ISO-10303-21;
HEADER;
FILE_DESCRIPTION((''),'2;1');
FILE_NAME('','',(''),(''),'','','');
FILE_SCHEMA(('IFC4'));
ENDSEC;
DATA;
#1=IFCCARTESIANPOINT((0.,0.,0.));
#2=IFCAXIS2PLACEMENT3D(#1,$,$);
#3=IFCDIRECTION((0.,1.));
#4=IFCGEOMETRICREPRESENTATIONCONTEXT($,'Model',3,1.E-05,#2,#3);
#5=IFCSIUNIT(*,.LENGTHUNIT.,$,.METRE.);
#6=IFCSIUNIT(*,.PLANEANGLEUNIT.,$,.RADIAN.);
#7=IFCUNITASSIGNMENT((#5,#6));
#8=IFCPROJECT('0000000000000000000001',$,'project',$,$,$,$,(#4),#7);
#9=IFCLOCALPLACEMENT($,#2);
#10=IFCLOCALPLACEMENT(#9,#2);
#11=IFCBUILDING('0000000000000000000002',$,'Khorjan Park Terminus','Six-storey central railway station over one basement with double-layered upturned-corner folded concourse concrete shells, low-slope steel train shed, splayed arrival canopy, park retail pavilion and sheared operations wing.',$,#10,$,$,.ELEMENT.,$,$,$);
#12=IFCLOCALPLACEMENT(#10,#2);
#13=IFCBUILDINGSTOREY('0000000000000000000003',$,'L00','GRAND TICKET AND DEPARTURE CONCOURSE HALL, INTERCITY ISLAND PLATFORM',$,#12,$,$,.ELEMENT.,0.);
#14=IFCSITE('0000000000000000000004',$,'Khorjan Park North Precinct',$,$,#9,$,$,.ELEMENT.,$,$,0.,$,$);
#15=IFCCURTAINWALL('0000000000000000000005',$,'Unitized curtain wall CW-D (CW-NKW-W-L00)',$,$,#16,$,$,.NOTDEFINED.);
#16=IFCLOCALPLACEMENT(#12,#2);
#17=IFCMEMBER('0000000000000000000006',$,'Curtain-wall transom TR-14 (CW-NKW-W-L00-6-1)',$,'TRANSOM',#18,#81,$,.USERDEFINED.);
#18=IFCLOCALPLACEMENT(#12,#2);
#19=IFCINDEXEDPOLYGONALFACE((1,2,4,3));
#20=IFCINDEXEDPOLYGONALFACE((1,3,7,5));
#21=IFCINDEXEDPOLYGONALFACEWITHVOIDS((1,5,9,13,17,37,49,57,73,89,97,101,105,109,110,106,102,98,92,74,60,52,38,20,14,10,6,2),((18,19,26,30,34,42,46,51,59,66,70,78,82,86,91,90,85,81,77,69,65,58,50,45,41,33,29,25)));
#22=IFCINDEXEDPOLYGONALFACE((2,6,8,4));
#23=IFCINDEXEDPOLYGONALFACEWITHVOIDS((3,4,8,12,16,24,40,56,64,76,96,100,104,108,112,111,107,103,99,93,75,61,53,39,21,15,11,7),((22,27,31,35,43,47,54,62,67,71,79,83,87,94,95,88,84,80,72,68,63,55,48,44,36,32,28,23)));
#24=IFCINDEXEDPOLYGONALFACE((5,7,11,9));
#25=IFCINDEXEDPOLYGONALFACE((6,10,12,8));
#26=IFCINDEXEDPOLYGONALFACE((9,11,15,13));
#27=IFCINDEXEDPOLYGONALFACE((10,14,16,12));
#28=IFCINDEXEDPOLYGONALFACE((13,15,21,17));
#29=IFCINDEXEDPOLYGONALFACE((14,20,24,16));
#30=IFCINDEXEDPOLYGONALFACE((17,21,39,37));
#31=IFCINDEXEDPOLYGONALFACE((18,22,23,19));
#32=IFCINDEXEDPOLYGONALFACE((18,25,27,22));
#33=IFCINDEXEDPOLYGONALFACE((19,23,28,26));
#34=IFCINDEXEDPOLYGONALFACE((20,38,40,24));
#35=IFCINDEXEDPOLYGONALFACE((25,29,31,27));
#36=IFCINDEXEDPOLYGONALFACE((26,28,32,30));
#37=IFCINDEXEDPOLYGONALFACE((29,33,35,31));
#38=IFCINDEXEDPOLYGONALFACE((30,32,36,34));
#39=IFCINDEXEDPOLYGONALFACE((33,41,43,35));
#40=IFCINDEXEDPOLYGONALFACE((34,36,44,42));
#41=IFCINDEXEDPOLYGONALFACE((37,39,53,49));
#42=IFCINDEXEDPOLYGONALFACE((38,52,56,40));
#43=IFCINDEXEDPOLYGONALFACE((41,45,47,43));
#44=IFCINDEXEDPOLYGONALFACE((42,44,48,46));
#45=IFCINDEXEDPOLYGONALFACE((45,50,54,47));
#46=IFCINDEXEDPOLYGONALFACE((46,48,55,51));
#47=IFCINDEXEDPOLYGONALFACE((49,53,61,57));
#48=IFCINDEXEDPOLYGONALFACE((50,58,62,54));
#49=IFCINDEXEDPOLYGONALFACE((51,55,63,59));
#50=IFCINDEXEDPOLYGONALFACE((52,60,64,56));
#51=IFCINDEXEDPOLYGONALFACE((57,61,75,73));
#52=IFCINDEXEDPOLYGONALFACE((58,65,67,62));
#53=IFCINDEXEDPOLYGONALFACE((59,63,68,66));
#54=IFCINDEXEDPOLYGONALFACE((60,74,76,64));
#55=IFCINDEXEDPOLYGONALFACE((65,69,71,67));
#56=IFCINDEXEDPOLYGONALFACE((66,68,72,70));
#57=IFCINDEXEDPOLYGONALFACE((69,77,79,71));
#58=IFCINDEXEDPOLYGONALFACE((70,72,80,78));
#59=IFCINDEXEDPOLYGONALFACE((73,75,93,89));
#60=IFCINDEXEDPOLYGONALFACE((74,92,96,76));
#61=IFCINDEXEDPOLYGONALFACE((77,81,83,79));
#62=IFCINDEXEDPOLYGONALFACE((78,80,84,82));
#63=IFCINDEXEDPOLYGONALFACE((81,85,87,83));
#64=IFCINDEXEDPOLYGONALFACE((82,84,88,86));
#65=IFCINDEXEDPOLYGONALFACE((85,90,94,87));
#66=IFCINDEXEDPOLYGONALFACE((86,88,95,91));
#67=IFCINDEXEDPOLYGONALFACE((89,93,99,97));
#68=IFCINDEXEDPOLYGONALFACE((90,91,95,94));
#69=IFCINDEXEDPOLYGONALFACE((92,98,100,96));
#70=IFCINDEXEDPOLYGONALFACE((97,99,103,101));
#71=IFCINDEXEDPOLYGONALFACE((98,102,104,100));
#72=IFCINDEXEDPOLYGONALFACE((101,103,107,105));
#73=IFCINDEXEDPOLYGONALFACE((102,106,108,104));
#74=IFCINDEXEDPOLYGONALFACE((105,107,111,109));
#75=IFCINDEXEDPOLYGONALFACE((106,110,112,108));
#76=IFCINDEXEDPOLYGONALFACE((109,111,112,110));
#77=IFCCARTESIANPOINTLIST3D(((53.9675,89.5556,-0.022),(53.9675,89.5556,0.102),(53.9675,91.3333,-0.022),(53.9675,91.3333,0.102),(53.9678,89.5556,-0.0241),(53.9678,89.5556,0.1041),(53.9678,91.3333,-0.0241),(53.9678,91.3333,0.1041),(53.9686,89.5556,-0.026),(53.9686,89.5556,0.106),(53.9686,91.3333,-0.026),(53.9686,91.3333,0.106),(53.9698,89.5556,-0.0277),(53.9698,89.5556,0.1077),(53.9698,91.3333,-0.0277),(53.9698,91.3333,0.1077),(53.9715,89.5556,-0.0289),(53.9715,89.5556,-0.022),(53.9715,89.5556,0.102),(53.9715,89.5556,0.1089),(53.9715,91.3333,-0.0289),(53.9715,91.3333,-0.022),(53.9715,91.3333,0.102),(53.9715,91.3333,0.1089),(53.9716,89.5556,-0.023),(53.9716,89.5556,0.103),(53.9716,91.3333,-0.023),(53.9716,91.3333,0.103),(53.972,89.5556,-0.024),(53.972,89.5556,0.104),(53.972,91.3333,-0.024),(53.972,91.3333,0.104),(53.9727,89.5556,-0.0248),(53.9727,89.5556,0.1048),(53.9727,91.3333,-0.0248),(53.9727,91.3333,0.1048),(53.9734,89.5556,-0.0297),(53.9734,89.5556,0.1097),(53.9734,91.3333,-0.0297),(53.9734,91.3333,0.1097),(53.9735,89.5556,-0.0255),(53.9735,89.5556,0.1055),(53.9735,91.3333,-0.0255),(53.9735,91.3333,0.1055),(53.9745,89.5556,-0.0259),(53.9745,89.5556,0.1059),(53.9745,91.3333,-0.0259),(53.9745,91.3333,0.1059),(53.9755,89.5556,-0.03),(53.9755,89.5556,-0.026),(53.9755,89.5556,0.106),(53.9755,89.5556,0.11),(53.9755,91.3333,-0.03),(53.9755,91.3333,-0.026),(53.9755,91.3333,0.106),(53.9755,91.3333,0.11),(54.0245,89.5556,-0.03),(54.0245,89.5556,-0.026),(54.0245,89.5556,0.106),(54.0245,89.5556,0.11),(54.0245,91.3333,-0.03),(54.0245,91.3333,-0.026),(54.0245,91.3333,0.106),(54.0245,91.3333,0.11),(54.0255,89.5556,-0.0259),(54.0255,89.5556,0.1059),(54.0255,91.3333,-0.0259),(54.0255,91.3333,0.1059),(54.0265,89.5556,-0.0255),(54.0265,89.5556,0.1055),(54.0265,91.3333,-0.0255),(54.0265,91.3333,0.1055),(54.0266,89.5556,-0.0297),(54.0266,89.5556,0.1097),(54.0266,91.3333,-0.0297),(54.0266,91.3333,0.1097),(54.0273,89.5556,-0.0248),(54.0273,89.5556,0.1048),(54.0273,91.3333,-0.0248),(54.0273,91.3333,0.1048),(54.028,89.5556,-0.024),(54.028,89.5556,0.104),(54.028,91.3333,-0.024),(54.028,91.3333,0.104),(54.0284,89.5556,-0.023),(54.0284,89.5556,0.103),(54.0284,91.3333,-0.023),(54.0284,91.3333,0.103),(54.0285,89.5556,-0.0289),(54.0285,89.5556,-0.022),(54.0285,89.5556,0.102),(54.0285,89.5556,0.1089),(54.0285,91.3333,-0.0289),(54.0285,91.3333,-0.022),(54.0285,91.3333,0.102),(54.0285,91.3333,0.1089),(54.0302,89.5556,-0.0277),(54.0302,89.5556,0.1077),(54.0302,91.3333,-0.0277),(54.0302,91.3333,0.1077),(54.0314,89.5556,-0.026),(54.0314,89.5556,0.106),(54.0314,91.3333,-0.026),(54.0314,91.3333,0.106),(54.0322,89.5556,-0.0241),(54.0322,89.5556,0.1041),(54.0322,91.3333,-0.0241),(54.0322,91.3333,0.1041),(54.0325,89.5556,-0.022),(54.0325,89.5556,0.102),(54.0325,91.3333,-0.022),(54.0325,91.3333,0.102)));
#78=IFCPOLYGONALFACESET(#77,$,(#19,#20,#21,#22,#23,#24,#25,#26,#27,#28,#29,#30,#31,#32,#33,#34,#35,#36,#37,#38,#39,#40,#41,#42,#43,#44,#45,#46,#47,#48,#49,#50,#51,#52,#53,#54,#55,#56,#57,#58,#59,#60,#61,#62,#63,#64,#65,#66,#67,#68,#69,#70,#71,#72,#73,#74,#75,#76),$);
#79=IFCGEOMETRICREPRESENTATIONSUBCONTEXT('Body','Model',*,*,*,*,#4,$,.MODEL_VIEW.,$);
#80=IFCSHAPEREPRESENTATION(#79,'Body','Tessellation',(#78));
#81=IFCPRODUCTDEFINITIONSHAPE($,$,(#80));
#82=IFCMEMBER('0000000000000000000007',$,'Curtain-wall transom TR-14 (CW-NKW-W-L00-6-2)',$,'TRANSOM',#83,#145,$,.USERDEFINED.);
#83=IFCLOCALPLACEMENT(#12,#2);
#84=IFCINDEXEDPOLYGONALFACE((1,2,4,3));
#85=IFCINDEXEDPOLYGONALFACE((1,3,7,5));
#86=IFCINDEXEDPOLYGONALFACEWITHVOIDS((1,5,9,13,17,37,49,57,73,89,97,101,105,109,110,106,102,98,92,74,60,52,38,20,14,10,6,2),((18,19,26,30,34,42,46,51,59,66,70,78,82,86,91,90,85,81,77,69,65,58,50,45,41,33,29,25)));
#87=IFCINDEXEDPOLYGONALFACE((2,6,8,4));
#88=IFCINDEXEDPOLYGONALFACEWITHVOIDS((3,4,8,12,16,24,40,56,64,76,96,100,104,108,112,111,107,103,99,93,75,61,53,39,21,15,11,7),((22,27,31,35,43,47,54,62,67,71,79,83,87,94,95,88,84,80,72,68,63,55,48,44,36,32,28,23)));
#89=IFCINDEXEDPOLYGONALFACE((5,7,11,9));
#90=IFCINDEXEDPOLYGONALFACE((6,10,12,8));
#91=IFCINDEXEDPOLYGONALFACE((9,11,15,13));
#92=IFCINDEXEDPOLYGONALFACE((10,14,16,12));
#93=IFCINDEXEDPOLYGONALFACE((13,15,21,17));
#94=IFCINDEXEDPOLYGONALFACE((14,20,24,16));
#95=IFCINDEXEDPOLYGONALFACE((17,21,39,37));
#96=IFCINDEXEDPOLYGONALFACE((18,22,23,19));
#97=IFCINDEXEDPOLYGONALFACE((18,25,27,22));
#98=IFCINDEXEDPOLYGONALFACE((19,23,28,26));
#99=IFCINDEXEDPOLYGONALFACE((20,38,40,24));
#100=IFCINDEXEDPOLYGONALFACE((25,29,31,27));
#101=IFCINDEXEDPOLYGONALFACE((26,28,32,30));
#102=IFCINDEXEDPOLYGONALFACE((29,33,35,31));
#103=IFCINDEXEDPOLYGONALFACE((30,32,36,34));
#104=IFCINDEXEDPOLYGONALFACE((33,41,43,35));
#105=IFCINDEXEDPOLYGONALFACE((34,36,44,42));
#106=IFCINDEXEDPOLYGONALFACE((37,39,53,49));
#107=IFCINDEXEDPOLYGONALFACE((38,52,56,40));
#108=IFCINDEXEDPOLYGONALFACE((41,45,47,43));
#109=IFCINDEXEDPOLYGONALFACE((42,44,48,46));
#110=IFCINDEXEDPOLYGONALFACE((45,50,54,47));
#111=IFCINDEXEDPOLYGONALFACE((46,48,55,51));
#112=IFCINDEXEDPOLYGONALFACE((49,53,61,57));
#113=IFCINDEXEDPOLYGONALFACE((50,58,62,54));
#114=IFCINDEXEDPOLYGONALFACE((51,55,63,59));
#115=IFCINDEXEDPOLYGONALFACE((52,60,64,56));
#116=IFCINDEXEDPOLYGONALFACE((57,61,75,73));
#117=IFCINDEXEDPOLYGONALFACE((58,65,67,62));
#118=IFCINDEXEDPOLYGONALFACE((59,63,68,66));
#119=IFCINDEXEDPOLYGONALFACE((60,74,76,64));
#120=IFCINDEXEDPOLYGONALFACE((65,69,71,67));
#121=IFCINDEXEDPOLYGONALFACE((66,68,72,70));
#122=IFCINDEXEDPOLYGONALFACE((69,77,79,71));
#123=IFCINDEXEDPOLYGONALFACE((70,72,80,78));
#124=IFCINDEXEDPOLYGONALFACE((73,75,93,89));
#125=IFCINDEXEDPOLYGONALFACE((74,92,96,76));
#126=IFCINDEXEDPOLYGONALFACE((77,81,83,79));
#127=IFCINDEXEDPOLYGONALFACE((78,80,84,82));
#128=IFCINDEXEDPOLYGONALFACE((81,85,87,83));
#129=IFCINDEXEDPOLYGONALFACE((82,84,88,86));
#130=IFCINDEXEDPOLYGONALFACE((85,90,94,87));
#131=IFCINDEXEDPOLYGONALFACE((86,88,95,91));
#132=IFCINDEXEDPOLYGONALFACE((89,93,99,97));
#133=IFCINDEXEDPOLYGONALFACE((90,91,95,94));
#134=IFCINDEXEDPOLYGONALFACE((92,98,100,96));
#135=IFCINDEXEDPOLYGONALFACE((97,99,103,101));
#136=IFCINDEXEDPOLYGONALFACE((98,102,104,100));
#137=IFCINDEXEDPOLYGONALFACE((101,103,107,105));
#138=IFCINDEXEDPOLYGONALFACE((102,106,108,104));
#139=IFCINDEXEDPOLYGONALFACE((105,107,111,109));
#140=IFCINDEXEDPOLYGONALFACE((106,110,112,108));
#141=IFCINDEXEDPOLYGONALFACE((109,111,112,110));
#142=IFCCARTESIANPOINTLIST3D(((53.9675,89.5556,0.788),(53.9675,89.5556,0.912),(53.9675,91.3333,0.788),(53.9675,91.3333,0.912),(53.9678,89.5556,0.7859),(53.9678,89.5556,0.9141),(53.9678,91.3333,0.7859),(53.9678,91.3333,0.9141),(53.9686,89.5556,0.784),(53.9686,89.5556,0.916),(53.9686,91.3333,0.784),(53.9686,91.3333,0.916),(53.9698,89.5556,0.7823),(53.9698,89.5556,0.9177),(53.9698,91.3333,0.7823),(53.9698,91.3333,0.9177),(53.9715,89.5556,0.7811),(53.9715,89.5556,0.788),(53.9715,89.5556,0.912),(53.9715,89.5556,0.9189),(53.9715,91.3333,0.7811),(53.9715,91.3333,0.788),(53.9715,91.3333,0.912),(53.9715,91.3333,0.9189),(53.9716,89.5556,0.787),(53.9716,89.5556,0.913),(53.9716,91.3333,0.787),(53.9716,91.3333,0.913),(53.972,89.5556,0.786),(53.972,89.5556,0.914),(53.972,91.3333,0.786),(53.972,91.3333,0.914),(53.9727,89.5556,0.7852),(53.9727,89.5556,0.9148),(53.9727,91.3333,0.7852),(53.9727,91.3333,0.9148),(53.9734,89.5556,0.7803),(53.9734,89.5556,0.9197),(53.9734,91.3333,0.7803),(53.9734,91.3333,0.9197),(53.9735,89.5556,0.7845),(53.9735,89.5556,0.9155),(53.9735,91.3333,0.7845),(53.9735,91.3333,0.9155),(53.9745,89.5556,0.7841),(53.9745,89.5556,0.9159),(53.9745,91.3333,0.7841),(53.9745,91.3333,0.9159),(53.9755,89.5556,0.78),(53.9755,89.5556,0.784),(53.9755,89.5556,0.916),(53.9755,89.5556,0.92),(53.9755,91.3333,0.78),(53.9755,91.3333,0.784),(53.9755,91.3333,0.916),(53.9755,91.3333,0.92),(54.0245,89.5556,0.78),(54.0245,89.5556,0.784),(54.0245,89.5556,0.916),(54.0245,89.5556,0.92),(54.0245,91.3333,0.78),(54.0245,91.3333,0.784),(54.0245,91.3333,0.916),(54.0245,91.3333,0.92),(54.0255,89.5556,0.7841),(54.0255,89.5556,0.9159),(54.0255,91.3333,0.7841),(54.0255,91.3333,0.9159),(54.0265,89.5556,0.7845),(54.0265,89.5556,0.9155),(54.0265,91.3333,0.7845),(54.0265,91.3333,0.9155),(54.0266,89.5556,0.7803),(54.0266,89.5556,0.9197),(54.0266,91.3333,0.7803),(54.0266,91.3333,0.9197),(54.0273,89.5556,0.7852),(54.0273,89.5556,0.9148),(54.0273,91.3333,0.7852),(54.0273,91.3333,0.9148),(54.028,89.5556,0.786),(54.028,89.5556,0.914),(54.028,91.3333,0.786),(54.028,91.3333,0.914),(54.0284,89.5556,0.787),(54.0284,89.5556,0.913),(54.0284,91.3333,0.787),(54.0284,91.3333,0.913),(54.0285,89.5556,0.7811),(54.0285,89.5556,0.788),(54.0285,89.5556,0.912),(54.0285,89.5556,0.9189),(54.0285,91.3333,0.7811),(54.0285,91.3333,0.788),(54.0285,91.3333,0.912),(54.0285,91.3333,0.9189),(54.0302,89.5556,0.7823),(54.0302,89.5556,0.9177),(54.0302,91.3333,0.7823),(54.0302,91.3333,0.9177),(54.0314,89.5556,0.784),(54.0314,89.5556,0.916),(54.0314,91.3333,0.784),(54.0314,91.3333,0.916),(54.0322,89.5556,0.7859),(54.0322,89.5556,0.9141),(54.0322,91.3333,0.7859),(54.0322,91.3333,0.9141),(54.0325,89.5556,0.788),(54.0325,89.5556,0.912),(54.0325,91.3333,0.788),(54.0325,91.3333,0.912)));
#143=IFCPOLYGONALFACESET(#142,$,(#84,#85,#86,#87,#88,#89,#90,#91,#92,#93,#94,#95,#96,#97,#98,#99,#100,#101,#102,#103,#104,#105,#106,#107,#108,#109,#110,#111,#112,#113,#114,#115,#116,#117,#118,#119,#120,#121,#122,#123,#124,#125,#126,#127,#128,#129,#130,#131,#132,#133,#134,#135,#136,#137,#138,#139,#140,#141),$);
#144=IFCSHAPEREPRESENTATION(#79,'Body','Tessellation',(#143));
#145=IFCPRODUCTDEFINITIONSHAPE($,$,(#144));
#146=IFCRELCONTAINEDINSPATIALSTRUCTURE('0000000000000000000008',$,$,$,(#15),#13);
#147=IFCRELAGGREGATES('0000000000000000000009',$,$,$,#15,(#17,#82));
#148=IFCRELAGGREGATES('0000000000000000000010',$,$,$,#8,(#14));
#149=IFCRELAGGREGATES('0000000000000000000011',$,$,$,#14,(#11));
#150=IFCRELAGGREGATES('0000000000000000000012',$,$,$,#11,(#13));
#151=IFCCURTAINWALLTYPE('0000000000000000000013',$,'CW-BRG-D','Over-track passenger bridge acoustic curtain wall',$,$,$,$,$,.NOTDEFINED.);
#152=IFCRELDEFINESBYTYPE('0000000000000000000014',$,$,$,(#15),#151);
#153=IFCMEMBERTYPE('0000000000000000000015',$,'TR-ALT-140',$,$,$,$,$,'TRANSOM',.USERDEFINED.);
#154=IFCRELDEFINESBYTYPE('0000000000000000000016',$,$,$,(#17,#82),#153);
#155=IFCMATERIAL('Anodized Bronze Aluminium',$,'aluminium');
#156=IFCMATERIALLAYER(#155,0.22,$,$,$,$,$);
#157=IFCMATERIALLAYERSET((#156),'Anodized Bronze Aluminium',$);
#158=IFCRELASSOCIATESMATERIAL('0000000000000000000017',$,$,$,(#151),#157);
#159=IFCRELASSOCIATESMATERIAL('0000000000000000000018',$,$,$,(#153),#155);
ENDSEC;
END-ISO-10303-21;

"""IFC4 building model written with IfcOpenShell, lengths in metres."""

from ifc_helpers import new_model, si_unit, direction, frame, origin, origin_2d, place, context, subcontext, project, spatial, hollow_rectangle, extrude, material, layer, layer_set, material_profile, profile_set, type_object, element, aggregate, save


model = new_model("IFC4")

# Units and contexts
model_context = context("Model", 3, precision=1e-05, world=origin(), true_north=direction((0.0, 1.0)))
body_context = subcontext(model_context, "Body", "Model", "MODEL_VIEW")
ifc_project = project(units=[si_unit("LENGTHUNIT", "METRE"), si_unit("PLANEANGLEUNIT", "RADIAN")], contexts=[model_context])

# Site, building, storey
site_placement = place(None, origin())
site = spatial("IfcSite", under=ifc_project, at=site_placement, Name="Khorjan Park North Precinct", CompositionType="ELEMENT", RefElevation=0.0)
building_placement = place(site_placement, origin())
building = spatial("IfcBuilding", under=site, at=building_placement, Name="Khorjan Park Terminus", Description="Six-storey central railway station over one basement with double-layered upturned-corner folded concourse concrete shells, low-slope steel train shed, splayed arrival canopy, park retail pavilion and sheared operations wing.", CompositionType="ELEMENT")
storey_placement = place(building_placement, origin())
storey = spatial("IfcBuildingStorey", under=building, at=storey_placement, Name="L00", Description="GRAND TICKET AND DEPARTURE CONCOURSE HALL, INTERCITY ISLAND PLATFORM", CompositionType="ELEMENT", Elevation=0.0)

# Curtain wall, members
ifc_material_1 = material(Name="Anodized Bronze Aluminium", Category="aluminium")
ifc_layer_1 = layer(ifc_material_1, 0.22)
ifc_layer_set_1 = layer_set([ifc_layer_1], Name="Anodized Bronze Aluminium")
curtain_wall_type = type_object("IfcCurtainWallType", Name="CW-BRG-D", Description="Over-track passenger bridge acoustic curtain wall", PredefinedType="NOTDEFINED", material=ifc_layer_set_1)
curtain_wall_placement = place(storey_placement, origin())
curtain_wall = element("IfcCurtainWall", 1, at=curtain_wall_placement, inside=storey, type_object=curtain_wall_type, Name="Unitized curtain wall CW-D (CW-NKW-W-L00)", PredefinedType="NOTDEFINED")
ifc_material_profile_1 = material_profile(ifc_material_1, hollow_rectangle(XDim=0.065, YDim=0.14, WallThickness=0.004, InnerFilletRadius=0.004, OuterFilletRadius=0.008, at=origin_2d()), Name="ALT 65x140x4")
ifc_profile_set_1 = profile_set([ifc_material_profile_1], Name="Anodized Bronze Aluminium")
member_type_1 = type_object("IfcMemberType", Name="TR-ALT-140", ElementType="TRANSOM", PredefinedType="USERDEFINED", material=ifc_profile_set_1)
member_1_placement = place(storey_placement, frame((54.0, 91.3333, 0.04), z_axis=(0.0, -1.0, 0.0), x_axis=(1.0, 0.0, 0.0)))
member_1 = element("IfcMember", 2, at=member_1_placement, type_object=member_type_1, Name="Curtain-wall transom TR-14 (CW-NKW-W-L00-6-1)", ObjectType="TRANSOM", PredefinedType="USERDEFINED", context=body_context, shape_type="SweptSolid", body=[
    extrude(hollow_rectangle(XDim=0.065, YDim=0.14, WallThickness=0.004, InnerFilletRadius=0.004, OuterFilletRadius=0.008, at=origin_2d()), origin(), (0.0, 0.0, 1.0), 1.7777),
])
member_2_placement = place(storey_placement, frame((54.0, 91.3333, 0.85), z_axis=(0.0, -1.0, 0.0), x_axis=(1.0, 0.0, 0.0)))
member_2 = element("IfcMember", 3, at=member_2_placement, type_object=member_type_1, Name="Curtain-wall transom TR-14 (CW-NKW-W-L00-6-2)", ObjectType="TRANSOM", PredefinedType="USERDEFINED", context=body_context, shape_type="SweptSolid", body=[
    extrude(hollow_rectangle(XDim=0.065, YDim=0.14, WallThickness=0.004, InnerFilletRadius=0.004, OuterFilletRadius=0.008, at=origin_2d()), origin(), (0.0, 0.0, 1.0), 1.7777),
])
aggregate(curtain_wall, [member_1, member_2])

save(model, "model.ifc")
